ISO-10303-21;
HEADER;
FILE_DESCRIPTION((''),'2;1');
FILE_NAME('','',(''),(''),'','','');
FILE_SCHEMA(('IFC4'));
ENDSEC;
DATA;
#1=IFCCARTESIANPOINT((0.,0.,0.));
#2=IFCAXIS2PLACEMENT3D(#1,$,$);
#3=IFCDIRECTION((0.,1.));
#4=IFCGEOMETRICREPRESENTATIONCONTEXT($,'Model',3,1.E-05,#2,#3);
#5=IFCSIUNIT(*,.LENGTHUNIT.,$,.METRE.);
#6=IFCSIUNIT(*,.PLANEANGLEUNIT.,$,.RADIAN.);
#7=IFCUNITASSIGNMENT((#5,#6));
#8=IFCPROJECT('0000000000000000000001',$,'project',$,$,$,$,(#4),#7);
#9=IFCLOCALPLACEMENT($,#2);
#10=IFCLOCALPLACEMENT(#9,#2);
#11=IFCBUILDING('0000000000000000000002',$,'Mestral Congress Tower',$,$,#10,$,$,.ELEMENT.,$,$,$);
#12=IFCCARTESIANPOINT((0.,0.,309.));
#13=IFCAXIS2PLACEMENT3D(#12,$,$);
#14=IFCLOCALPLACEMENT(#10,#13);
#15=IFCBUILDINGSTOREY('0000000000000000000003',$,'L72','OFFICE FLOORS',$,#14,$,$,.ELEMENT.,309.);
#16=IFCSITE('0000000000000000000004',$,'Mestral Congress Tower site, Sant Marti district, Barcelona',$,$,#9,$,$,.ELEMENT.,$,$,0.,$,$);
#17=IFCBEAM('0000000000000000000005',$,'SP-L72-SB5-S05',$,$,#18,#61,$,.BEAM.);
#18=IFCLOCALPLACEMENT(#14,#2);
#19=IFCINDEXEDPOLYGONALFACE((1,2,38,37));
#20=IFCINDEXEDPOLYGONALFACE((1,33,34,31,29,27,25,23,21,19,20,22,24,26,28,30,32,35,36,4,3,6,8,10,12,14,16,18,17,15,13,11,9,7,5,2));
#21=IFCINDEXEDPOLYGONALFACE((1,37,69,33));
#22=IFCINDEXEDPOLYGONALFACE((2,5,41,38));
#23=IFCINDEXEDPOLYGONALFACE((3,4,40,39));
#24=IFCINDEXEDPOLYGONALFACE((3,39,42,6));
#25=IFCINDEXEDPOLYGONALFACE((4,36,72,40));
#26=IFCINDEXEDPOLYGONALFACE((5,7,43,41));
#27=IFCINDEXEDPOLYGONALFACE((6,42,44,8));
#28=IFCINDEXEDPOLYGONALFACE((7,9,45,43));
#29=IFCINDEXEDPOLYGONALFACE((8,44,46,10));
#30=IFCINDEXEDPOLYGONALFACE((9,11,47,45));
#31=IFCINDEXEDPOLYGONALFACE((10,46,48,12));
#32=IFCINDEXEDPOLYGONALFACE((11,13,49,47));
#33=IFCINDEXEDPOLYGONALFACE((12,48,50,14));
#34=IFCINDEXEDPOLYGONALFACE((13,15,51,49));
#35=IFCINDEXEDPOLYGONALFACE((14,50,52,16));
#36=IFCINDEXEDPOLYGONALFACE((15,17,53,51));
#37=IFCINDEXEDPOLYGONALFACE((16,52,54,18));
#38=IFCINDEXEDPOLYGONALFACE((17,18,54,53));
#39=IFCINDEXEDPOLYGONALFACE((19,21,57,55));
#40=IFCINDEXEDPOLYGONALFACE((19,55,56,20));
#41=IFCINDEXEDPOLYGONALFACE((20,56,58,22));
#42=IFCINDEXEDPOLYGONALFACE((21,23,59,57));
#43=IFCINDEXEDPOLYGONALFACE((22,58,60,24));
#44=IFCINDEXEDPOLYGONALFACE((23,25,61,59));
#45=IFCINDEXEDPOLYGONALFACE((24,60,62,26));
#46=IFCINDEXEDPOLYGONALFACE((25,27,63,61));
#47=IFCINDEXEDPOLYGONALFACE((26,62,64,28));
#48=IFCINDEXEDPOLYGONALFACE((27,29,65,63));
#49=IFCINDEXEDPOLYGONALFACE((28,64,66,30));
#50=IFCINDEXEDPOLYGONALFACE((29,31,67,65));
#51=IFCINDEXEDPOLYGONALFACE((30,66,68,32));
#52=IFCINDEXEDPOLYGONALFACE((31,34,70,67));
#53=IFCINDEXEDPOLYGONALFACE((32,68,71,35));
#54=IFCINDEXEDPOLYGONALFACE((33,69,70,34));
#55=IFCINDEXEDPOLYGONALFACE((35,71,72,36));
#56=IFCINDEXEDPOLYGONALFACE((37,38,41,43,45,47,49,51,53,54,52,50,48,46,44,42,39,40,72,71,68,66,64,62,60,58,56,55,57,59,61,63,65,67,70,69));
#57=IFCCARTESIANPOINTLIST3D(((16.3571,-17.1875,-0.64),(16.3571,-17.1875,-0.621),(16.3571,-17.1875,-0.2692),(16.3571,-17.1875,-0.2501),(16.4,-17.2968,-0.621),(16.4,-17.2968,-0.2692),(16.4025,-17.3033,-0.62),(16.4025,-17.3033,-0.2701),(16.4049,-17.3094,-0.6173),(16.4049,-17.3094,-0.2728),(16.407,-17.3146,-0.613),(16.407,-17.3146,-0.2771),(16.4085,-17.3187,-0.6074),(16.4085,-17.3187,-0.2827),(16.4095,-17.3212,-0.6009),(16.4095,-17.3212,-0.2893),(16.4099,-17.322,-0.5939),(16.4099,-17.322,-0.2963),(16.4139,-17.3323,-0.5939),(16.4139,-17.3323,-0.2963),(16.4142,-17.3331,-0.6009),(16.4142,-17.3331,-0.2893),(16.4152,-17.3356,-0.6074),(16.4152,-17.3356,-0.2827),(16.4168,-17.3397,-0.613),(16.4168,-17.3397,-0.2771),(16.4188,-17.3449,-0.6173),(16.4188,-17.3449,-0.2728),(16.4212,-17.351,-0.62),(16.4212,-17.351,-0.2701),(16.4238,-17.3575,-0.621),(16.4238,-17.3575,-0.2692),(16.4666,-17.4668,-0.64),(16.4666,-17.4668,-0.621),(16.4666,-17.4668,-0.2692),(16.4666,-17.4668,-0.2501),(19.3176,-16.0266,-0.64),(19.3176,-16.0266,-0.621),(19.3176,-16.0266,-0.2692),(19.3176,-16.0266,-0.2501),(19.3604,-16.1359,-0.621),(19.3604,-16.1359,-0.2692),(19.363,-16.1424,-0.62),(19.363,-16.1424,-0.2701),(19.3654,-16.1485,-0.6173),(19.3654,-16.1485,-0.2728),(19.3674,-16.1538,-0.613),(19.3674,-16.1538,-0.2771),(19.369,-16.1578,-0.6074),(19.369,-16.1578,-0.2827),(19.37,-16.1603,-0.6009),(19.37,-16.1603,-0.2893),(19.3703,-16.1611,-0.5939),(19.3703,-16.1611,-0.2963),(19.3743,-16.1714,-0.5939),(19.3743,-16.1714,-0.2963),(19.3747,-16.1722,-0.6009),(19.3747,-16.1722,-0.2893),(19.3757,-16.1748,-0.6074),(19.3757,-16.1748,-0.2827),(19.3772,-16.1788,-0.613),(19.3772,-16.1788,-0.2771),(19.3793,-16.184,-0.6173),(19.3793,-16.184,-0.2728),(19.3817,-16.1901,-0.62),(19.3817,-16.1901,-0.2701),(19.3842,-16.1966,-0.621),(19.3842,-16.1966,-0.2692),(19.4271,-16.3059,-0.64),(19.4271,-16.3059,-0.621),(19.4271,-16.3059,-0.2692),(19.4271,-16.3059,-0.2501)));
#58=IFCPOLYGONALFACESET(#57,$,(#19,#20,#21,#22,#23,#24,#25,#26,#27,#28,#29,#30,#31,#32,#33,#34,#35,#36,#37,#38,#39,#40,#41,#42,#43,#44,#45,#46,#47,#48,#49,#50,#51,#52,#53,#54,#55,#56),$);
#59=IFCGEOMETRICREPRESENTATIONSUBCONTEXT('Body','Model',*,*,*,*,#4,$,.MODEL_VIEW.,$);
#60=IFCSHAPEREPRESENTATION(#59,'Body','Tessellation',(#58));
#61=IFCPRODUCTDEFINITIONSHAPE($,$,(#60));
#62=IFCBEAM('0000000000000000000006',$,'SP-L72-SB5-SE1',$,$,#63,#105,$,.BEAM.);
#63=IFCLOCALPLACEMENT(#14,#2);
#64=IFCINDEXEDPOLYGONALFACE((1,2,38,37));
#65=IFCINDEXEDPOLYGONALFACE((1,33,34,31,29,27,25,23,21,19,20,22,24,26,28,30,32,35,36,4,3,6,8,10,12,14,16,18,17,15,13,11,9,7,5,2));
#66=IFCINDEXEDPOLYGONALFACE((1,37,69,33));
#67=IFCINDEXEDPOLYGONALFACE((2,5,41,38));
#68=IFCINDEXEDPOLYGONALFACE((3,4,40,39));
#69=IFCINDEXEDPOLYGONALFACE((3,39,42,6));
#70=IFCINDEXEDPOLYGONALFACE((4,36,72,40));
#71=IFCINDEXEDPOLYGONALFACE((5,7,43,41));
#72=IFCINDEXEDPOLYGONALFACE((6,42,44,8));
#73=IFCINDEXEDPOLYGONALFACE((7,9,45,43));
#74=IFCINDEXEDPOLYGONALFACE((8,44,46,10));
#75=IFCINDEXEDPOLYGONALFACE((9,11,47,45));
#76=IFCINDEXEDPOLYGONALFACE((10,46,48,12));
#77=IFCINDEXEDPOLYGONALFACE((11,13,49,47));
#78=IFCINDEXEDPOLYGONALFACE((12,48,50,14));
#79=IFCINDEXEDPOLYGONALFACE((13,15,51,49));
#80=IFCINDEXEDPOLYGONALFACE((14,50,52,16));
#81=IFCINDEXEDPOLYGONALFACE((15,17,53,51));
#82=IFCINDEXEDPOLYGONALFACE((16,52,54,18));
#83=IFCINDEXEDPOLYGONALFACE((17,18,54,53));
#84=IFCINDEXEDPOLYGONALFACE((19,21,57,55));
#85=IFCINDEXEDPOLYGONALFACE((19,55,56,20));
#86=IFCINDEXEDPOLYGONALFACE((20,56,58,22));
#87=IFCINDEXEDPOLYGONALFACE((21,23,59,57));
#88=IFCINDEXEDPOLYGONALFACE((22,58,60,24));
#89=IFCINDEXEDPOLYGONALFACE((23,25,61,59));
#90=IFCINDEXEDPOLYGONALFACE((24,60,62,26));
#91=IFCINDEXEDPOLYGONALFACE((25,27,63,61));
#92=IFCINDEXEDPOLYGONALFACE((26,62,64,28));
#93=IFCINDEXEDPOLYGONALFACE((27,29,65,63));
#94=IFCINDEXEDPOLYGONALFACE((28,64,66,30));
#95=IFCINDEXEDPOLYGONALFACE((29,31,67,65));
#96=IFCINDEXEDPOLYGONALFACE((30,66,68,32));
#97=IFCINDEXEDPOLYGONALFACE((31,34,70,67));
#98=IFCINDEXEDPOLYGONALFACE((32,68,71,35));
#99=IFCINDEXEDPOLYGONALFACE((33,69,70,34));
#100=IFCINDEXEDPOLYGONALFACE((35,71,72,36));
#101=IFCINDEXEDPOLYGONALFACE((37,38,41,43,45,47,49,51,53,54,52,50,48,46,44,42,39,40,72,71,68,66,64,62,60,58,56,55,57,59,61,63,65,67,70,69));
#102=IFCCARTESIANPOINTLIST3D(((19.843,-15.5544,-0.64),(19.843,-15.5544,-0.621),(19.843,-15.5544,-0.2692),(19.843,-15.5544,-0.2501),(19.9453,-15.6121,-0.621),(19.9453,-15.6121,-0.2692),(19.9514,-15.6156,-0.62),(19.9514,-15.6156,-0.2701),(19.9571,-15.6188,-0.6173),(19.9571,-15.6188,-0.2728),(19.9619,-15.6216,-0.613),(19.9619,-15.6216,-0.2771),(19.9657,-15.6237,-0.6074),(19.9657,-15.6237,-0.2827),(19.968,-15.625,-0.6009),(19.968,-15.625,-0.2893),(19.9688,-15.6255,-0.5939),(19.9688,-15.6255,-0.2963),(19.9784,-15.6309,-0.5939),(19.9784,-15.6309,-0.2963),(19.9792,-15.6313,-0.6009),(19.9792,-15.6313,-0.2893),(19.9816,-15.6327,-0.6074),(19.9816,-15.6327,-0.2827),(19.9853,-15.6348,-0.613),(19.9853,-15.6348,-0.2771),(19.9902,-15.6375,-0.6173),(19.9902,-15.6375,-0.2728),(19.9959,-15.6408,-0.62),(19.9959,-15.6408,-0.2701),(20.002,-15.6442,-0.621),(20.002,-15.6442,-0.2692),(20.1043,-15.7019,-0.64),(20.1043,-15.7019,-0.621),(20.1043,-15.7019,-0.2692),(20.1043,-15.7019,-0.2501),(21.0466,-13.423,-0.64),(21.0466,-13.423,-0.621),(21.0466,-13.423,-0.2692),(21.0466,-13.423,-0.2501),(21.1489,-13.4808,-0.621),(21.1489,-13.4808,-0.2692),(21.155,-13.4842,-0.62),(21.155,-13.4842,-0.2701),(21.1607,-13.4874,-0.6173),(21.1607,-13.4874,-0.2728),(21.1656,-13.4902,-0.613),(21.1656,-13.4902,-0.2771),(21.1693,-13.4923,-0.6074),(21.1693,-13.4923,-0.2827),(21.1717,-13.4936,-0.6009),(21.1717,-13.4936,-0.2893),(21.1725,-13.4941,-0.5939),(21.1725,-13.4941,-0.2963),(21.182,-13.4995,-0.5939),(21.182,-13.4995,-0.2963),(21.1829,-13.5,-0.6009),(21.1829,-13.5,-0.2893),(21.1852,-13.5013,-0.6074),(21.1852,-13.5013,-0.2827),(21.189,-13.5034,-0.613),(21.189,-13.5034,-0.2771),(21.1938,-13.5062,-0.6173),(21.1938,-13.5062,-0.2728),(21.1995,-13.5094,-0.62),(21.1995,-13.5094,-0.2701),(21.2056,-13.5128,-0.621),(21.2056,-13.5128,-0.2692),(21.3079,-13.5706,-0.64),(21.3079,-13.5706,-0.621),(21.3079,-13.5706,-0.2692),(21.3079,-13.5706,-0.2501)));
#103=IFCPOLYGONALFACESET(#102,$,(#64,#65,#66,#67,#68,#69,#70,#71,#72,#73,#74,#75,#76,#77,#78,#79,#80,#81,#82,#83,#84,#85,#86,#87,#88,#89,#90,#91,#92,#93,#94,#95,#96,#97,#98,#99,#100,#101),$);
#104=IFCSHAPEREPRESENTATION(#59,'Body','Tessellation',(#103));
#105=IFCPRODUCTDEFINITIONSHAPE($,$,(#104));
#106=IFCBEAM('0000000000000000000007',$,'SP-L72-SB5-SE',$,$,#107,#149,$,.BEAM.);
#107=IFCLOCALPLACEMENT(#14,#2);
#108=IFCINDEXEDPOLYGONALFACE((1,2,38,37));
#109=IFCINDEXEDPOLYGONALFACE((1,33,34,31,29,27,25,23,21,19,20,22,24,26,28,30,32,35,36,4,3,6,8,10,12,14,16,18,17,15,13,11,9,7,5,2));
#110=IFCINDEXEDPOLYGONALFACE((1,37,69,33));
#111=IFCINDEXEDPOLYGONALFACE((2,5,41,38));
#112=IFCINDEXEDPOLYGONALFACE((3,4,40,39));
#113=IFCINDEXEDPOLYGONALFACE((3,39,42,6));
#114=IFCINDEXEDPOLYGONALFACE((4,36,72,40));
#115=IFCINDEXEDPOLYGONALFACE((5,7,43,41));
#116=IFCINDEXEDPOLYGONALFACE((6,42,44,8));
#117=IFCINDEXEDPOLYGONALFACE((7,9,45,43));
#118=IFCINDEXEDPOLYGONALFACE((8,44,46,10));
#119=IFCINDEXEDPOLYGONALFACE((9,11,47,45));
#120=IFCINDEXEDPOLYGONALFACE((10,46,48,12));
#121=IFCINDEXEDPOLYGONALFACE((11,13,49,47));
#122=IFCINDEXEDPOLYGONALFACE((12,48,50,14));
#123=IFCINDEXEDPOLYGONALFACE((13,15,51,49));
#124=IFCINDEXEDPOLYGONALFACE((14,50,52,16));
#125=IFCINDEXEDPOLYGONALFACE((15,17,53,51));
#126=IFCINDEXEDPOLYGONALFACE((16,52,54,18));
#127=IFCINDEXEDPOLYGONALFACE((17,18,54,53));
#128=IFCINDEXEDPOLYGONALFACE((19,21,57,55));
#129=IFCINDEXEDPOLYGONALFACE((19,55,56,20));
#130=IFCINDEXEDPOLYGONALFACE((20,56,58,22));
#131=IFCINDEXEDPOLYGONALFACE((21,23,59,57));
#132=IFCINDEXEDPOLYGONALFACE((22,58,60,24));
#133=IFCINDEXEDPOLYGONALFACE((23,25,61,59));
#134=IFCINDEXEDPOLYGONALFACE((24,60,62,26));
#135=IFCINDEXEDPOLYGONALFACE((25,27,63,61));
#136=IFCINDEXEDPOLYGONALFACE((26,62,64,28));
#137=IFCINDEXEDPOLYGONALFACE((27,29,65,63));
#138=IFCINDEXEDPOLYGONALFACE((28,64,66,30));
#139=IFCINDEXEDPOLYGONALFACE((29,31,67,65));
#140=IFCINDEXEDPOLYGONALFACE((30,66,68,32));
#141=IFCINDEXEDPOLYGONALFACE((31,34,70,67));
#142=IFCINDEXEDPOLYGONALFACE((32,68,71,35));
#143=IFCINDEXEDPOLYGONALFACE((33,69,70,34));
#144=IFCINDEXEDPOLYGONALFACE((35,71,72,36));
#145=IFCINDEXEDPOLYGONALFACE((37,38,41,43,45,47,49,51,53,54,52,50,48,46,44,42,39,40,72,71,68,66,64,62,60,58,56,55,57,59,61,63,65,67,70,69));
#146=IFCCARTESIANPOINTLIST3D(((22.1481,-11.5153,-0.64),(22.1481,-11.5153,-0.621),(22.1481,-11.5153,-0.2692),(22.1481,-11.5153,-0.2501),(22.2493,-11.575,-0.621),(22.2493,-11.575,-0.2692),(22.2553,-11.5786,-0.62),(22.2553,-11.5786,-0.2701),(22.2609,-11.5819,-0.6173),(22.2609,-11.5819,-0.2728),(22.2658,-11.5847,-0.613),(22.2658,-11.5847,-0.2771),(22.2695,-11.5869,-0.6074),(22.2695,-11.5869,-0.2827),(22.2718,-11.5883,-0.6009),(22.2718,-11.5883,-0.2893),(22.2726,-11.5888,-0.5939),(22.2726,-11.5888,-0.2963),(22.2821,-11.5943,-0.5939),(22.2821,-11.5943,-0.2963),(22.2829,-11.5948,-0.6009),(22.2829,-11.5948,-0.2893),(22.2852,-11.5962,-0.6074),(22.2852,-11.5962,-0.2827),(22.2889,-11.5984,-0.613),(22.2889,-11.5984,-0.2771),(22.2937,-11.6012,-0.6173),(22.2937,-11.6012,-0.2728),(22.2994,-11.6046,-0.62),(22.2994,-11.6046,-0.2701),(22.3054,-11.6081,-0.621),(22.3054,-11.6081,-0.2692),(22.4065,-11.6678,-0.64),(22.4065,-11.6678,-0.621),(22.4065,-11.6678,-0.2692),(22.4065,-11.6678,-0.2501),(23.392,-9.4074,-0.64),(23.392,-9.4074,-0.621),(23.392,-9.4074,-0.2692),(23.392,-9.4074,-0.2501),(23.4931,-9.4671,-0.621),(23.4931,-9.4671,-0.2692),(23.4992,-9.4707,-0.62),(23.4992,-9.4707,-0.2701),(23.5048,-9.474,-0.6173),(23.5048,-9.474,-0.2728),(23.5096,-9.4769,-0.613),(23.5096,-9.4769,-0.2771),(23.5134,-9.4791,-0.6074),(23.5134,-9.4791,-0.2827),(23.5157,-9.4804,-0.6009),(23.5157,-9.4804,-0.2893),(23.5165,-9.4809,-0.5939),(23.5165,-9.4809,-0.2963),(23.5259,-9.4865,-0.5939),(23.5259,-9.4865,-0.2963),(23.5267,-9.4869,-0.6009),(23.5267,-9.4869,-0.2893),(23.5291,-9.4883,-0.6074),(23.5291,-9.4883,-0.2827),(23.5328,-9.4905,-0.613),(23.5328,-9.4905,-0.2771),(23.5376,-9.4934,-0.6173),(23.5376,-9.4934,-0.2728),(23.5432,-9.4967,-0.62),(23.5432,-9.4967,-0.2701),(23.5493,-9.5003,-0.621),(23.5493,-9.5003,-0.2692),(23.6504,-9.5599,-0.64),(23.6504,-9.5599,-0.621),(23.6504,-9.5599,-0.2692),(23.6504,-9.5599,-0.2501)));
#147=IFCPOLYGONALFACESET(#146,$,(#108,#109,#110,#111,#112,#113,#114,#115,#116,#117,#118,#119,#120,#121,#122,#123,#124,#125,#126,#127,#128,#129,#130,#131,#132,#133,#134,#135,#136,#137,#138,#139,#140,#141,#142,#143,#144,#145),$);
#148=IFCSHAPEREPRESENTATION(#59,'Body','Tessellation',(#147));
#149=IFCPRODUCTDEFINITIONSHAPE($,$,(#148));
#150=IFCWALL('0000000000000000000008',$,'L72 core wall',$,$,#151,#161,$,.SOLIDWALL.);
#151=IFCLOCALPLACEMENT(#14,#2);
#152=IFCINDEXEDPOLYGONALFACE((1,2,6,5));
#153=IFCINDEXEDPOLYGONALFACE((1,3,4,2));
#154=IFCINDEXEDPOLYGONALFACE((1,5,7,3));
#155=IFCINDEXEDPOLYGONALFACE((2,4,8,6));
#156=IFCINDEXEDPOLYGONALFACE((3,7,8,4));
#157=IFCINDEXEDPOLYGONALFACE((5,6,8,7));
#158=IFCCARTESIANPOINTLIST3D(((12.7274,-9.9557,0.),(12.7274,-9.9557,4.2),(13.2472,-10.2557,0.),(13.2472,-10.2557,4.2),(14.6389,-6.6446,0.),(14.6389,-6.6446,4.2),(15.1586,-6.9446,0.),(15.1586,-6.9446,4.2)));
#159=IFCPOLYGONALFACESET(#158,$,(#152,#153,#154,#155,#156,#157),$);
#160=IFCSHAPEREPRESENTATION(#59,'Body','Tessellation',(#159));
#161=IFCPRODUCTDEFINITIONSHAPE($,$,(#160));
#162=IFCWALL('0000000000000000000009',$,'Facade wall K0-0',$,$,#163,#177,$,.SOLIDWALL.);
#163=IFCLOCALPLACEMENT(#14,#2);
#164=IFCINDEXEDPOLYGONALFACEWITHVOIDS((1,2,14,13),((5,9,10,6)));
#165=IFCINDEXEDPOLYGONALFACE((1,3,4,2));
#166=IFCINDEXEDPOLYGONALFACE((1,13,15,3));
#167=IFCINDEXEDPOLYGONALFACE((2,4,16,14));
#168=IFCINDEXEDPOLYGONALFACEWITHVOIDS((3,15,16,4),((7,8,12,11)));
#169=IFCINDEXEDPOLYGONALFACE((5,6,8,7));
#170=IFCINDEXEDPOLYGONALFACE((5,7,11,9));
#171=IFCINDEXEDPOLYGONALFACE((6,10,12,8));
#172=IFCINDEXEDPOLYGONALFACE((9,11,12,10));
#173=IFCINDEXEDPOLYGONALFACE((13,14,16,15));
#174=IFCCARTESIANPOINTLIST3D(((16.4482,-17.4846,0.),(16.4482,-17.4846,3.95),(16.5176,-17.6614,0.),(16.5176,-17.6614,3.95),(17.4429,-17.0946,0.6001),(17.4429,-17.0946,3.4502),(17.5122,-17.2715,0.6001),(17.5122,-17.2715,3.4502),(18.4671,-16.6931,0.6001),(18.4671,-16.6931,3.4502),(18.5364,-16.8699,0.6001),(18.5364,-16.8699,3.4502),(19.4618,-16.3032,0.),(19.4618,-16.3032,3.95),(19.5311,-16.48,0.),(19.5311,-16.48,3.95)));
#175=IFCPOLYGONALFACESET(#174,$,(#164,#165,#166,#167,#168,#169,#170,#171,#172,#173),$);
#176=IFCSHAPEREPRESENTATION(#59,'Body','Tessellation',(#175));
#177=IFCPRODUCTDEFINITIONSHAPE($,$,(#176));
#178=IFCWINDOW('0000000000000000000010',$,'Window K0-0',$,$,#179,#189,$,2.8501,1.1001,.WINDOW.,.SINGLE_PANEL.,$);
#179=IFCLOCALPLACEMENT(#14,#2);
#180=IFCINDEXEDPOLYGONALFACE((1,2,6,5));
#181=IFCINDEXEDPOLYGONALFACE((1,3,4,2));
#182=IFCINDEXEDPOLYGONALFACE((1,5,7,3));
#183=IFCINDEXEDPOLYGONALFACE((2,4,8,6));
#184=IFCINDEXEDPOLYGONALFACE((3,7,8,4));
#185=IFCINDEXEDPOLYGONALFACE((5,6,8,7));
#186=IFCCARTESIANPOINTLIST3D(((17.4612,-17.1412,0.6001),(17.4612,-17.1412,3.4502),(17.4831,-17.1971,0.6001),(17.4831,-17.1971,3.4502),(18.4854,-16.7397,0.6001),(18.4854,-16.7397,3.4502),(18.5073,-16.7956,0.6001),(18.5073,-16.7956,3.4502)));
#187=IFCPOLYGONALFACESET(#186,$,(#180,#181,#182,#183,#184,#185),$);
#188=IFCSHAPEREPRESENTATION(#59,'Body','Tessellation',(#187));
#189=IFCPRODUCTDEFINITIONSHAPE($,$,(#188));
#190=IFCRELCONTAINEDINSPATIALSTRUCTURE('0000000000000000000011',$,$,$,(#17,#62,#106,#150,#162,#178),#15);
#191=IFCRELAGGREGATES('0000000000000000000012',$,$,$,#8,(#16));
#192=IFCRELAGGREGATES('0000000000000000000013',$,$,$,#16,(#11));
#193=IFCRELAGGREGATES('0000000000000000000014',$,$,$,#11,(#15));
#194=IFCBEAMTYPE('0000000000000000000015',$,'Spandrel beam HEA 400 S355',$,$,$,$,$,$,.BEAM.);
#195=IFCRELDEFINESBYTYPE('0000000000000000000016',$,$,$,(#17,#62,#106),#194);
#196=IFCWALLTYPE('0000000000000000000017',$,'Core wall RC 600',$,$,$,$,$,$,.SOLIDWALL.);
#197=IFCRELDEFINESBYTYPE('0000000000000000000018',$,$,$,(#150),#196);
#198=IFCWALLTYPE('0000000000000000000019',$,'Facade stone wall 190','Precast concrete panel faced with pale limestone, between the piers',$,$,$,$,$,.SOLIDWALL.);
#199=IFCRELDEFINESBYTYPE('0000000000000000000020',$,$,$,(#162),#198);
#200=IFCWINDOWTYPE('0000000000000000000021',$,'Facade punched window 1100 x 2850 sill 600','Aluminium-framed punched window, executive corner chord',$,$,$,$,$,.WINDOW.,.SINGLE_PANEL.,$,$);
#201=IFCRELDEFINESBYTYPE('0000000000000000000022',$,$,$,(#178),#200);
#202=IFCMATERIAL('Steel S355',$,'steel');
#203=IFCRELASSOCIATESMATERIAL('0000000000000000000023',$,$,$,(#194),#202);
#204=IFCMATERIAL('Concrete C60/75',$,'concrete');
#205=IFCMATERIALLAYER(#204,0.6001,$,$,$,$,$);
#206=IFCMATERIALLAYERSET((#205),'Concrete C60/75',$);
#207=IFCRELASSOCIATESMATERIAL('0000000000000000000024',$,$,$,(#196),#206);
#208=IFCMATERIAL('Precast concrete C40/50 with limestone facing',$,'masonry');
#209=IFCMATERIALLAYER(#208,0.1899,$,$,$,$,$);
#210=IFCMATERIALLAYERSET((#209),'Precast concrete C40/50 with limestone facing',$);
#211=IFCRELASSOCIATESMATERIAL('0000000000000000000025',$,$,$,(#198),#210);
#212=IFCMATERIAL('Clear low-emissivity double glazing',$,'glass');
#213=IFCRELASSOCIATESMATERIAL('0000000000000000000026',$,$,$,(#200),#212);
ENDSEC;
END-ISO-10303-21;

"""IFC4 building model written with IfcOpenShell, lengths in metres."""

from ifc_helpers import new_model, si_unit, direction, frame, frame_2d, origin, origin_2d, place, context, subcontext, project, spatial, rectangle, i_section, extrude, material, layer, layer_set, material_profile, profile_set, type_object, element, fill, save


model = new_model("IFC4")

# Units and contexts
model_context = context("Model", 3, precision=1e-05, world=origin(), true_north=direction((0.0, 1.0)))
body_context = subcontext(model_context, "Body", "Model", "MODEL_VIEW")
ifc_project = project(units=[si_unit("LENGTHUNIT", "METRE"), si_unit("PLANEANGLEUNIT", "RADIAN")], contexts=[model_context])

# Site, building, storey
site_placement = place(None, origin())
site = spatial("IfcSite", under=ifc_project, at=site_placement, Name="Mestral Congress Tower site, Sant Marti district, Barcelona", CompositionType="ELEMENT", RefElevation=0.0)
building_placement = place(site_placement, origin())
building = spatial("IfcBuilding", under=site, at=building_placement, Name="Mestral Congress Tower", CompositionType="ELEMENT")
storey_placement = place(building_placement, frame((0.0, 0.0, 309.0)))
storey = spatial("IfcBuildingStorey", under=building, at=storey_placement, Name="L72", Description="OFFICE FLOORS", CompositionType="ELEMENT", Elevation=309.0)

# Shared definitions
ifc_material_1 = material(Name="Concrete C60/75", Category="concrete")

# Beams
ifc_material_2 = material(Name="Steel S355", Category="steel")
ifc_material_profile_1 = material_profile(ifc_material_2, i_section(OverallWidth=0.3, OverallDepth=0.3899, WebThickness=0.011, FlangeThickness=0.019, FilletRadius=0.0271, at=origin_2d()), Name="HEA 400")
ifc_profile_set_1 = profile_set([ifc_material_profile_1], Name="Steel S355")
beam_type_1 = type_object("IfcBeamType", Name="Spandrel beam HEA 400 S355", PredefinedType="BEAM", material=ifc_profile_set_1)
beam_1_placement = place(storey_placement, frame((16.4119, -17.3271, -0.4451), z_axis=(0.930981, 0.365068, 0.0), x_axis=(-0.365068, 0.930981, 0.0)))
element("IfcBeam", 1, at=beam_1_placement, inside=storey, type_object=beam_type_1, Name="SP-L72-SB5-S05", PredefinedType="BEAM", context=body_context, shape_type="SweptSolid", body=[
    extrude(i_section(OverallWidth=0.3, OverallDepth=0.3899, WebThickness=0.011, FlangeThickness=0.019, FilletRadius=0.0271, at=origin_2d()), origin(), (0.0, 0.0, 1.0), 3.1799),
])
beam_2_placement = place(storey_placement, frame((19.9736, -15.6282, -0.4451), z_axis=(0.491729, 0.870749, 0.0), x_axis=(-0.870749, 0.491729, 0.0)))
element("IfcBeam", 2, at=beam_2_placement, inside=storey, type_object=beam_type_1, Name="SP-L72-SB5-SE1", PredefinedType="BEAM", context=body_context, shape_type="SweptSolid", body=[
    extrude(i_section(OverallWidth=0.3, OverallDepth=0.3899, WebThickness=0.011, FlangeThickness=0.019, FilletRadius=0.0271, at=origin_2d()), origin(), (0.0, 0.0, 1.0), 2.4478),
])
beam_3_placement = place(storey_placement, frame((22.2773, -11.5916, -0.4451), z_axis=(0.508218, 0.861228, 0.0), x_axis=(-0.861228, 0.508218, 0.0)))
element("IfcBeam", 3, at=beam_3_placement, inside=storey, type_object=beam_type_1, Name="SP-L72-SB5-SE", PredefinedType="BEAM", context=body_context, shape_type="SweptSolid", body=[
    extrude(i_section(OverallWidth=0.3, OverallDepth=0.3899, WebThickness=0.011, FlangeThickness=0.019, FilletRadius=0.0271, at=origin_2d()), origin(), (0.0, 0.0, 1.0), 2.4475),
])

# Wall
ifc_layer_1 = layer(ifc_material_1, 0.6001)
ifc_layer_set_1 = layer_set([ifc_layer_1], Name="Concrete C60/75")
wall_type_1 = type_object("IfcWallType", Name="Core wall RC 600", PredefinedType="SOLIDWALL", material=ifc_layer_set_1)
wall_1_placement = place(storey_placement, frame((12.9873, -10.1057, 0.0), z_axis=(0.0, 0.0, 1.0), x_axis=(0.499951, 0.866054, 0.0)))
element("IfcWall", 4, at=wall_1_placement, inside=storey, type_object=wall_type_1, Name="L72 core wall", PredefinedType="SOLIDWALL", context=body_context, shape_type="SweptSolid", body=[
    extrude(rectangle(XDim=3.8232, YDim=0.6001, at=frame_2d((1.9116, 0.0))), origin(), (0.0, 0.0, 1.0), 4.2),
])

# Wall, opening, window
ifc_material_3 = material(Name="Precast concrete C40/50 with limestone facing", Category="masonry")
ifc_layer_2 = layer(ifc_material_3, 0.1899)
ifc_layer_set_2 = layer_set([ifc_layer_2], Name="Precast concrete C40/50 with limestone facing")
wall_type_2 = type_object("IfcWallType", Name="Facade stone wall 190", Description="Precast concrete panel faced with pale limestone, between the piers", PredefinedType="SOLIDWALL", material=ifc_layer_set_2)
wall_2_placement = place(storey_placement, frame((16.4829, -17.573, 0.0), z_axis=(0.0, 0.0, 1.0), x_axis=(0.931009, 0.364997, 0.0)))
wall_2 = element("IfcWall", 5, at=wall_2_placement, inside=storey, type_object=wall_type_2, Name="Facade wall K0-0", PredefinedType="SOLIDWALL", context=body_context, shape_type="SweptSolid", body=[
    extrude(rectangle(XDim=3.2368, YDim=0.1899, at=frame_2d((1.6184, 0.0))), origin(), (0.0, 0.0, 1.0), 3.95),
])
opening_1_placement = place(wall_2_placement, frame((1.0684, 0.0, 0.6001)))
opening_1 = element("IfcOpeningElement", 6, at=opening_1_placement, cuts=wall_2, PredefinedType="OPENING", context=body_context, shape_type="SweptSolid", body=[
    extrude(rectangle(XDim=1.1001, YDim=2.8501, at=frame_2d((0.55, 1.425))), frame((0.0, 0.105, 0.0), z_axis=(0.0, -1.0, 0.0), x_axis=(1.0, 0.0, 0.0)), (0.0, 0.0, 1.0), 0.21),
])
ifc_material_4 = material(Name="Clear low-emissivity double glazing", Category="glass")
window_type = type_object("IfcWindowType", Name="Facade punched window 1100 x 2850 sill 600", Description="Aluminium-framed punched window, executive corner chord", PartitioningType="SINGLE_PANEL", PredefinedType="WINDOW", material=ifc_material_4)
window_1_placement = place(opening_1_placement, origin())
window_1 = element("IfcWindow", 7, at=window_1_placement, inside=storey, type_object=window_type, Name="Window K0-0", OverallHeight=2.8501, OverallWidth=1.1001, PartitioningType="SINGLE_PANEL", PredefinedType="WINDOW", context=body_context, shape_type="SweptSolid", body=[
    extrude(rectangle(XDim=1.1001, YDim=2.8501, at=frame_2d((0.55, 1.425))), frame((0.0, 0.0449, 0.0), z_axis=(0.0, -1.0, 0.0), x_axis=(1.0, 0.0, 0.0)), (0.0, 0.0, 1.0), 0.0601),
])
fill(opening_1, window_1)

save(model, "model.ifc")
